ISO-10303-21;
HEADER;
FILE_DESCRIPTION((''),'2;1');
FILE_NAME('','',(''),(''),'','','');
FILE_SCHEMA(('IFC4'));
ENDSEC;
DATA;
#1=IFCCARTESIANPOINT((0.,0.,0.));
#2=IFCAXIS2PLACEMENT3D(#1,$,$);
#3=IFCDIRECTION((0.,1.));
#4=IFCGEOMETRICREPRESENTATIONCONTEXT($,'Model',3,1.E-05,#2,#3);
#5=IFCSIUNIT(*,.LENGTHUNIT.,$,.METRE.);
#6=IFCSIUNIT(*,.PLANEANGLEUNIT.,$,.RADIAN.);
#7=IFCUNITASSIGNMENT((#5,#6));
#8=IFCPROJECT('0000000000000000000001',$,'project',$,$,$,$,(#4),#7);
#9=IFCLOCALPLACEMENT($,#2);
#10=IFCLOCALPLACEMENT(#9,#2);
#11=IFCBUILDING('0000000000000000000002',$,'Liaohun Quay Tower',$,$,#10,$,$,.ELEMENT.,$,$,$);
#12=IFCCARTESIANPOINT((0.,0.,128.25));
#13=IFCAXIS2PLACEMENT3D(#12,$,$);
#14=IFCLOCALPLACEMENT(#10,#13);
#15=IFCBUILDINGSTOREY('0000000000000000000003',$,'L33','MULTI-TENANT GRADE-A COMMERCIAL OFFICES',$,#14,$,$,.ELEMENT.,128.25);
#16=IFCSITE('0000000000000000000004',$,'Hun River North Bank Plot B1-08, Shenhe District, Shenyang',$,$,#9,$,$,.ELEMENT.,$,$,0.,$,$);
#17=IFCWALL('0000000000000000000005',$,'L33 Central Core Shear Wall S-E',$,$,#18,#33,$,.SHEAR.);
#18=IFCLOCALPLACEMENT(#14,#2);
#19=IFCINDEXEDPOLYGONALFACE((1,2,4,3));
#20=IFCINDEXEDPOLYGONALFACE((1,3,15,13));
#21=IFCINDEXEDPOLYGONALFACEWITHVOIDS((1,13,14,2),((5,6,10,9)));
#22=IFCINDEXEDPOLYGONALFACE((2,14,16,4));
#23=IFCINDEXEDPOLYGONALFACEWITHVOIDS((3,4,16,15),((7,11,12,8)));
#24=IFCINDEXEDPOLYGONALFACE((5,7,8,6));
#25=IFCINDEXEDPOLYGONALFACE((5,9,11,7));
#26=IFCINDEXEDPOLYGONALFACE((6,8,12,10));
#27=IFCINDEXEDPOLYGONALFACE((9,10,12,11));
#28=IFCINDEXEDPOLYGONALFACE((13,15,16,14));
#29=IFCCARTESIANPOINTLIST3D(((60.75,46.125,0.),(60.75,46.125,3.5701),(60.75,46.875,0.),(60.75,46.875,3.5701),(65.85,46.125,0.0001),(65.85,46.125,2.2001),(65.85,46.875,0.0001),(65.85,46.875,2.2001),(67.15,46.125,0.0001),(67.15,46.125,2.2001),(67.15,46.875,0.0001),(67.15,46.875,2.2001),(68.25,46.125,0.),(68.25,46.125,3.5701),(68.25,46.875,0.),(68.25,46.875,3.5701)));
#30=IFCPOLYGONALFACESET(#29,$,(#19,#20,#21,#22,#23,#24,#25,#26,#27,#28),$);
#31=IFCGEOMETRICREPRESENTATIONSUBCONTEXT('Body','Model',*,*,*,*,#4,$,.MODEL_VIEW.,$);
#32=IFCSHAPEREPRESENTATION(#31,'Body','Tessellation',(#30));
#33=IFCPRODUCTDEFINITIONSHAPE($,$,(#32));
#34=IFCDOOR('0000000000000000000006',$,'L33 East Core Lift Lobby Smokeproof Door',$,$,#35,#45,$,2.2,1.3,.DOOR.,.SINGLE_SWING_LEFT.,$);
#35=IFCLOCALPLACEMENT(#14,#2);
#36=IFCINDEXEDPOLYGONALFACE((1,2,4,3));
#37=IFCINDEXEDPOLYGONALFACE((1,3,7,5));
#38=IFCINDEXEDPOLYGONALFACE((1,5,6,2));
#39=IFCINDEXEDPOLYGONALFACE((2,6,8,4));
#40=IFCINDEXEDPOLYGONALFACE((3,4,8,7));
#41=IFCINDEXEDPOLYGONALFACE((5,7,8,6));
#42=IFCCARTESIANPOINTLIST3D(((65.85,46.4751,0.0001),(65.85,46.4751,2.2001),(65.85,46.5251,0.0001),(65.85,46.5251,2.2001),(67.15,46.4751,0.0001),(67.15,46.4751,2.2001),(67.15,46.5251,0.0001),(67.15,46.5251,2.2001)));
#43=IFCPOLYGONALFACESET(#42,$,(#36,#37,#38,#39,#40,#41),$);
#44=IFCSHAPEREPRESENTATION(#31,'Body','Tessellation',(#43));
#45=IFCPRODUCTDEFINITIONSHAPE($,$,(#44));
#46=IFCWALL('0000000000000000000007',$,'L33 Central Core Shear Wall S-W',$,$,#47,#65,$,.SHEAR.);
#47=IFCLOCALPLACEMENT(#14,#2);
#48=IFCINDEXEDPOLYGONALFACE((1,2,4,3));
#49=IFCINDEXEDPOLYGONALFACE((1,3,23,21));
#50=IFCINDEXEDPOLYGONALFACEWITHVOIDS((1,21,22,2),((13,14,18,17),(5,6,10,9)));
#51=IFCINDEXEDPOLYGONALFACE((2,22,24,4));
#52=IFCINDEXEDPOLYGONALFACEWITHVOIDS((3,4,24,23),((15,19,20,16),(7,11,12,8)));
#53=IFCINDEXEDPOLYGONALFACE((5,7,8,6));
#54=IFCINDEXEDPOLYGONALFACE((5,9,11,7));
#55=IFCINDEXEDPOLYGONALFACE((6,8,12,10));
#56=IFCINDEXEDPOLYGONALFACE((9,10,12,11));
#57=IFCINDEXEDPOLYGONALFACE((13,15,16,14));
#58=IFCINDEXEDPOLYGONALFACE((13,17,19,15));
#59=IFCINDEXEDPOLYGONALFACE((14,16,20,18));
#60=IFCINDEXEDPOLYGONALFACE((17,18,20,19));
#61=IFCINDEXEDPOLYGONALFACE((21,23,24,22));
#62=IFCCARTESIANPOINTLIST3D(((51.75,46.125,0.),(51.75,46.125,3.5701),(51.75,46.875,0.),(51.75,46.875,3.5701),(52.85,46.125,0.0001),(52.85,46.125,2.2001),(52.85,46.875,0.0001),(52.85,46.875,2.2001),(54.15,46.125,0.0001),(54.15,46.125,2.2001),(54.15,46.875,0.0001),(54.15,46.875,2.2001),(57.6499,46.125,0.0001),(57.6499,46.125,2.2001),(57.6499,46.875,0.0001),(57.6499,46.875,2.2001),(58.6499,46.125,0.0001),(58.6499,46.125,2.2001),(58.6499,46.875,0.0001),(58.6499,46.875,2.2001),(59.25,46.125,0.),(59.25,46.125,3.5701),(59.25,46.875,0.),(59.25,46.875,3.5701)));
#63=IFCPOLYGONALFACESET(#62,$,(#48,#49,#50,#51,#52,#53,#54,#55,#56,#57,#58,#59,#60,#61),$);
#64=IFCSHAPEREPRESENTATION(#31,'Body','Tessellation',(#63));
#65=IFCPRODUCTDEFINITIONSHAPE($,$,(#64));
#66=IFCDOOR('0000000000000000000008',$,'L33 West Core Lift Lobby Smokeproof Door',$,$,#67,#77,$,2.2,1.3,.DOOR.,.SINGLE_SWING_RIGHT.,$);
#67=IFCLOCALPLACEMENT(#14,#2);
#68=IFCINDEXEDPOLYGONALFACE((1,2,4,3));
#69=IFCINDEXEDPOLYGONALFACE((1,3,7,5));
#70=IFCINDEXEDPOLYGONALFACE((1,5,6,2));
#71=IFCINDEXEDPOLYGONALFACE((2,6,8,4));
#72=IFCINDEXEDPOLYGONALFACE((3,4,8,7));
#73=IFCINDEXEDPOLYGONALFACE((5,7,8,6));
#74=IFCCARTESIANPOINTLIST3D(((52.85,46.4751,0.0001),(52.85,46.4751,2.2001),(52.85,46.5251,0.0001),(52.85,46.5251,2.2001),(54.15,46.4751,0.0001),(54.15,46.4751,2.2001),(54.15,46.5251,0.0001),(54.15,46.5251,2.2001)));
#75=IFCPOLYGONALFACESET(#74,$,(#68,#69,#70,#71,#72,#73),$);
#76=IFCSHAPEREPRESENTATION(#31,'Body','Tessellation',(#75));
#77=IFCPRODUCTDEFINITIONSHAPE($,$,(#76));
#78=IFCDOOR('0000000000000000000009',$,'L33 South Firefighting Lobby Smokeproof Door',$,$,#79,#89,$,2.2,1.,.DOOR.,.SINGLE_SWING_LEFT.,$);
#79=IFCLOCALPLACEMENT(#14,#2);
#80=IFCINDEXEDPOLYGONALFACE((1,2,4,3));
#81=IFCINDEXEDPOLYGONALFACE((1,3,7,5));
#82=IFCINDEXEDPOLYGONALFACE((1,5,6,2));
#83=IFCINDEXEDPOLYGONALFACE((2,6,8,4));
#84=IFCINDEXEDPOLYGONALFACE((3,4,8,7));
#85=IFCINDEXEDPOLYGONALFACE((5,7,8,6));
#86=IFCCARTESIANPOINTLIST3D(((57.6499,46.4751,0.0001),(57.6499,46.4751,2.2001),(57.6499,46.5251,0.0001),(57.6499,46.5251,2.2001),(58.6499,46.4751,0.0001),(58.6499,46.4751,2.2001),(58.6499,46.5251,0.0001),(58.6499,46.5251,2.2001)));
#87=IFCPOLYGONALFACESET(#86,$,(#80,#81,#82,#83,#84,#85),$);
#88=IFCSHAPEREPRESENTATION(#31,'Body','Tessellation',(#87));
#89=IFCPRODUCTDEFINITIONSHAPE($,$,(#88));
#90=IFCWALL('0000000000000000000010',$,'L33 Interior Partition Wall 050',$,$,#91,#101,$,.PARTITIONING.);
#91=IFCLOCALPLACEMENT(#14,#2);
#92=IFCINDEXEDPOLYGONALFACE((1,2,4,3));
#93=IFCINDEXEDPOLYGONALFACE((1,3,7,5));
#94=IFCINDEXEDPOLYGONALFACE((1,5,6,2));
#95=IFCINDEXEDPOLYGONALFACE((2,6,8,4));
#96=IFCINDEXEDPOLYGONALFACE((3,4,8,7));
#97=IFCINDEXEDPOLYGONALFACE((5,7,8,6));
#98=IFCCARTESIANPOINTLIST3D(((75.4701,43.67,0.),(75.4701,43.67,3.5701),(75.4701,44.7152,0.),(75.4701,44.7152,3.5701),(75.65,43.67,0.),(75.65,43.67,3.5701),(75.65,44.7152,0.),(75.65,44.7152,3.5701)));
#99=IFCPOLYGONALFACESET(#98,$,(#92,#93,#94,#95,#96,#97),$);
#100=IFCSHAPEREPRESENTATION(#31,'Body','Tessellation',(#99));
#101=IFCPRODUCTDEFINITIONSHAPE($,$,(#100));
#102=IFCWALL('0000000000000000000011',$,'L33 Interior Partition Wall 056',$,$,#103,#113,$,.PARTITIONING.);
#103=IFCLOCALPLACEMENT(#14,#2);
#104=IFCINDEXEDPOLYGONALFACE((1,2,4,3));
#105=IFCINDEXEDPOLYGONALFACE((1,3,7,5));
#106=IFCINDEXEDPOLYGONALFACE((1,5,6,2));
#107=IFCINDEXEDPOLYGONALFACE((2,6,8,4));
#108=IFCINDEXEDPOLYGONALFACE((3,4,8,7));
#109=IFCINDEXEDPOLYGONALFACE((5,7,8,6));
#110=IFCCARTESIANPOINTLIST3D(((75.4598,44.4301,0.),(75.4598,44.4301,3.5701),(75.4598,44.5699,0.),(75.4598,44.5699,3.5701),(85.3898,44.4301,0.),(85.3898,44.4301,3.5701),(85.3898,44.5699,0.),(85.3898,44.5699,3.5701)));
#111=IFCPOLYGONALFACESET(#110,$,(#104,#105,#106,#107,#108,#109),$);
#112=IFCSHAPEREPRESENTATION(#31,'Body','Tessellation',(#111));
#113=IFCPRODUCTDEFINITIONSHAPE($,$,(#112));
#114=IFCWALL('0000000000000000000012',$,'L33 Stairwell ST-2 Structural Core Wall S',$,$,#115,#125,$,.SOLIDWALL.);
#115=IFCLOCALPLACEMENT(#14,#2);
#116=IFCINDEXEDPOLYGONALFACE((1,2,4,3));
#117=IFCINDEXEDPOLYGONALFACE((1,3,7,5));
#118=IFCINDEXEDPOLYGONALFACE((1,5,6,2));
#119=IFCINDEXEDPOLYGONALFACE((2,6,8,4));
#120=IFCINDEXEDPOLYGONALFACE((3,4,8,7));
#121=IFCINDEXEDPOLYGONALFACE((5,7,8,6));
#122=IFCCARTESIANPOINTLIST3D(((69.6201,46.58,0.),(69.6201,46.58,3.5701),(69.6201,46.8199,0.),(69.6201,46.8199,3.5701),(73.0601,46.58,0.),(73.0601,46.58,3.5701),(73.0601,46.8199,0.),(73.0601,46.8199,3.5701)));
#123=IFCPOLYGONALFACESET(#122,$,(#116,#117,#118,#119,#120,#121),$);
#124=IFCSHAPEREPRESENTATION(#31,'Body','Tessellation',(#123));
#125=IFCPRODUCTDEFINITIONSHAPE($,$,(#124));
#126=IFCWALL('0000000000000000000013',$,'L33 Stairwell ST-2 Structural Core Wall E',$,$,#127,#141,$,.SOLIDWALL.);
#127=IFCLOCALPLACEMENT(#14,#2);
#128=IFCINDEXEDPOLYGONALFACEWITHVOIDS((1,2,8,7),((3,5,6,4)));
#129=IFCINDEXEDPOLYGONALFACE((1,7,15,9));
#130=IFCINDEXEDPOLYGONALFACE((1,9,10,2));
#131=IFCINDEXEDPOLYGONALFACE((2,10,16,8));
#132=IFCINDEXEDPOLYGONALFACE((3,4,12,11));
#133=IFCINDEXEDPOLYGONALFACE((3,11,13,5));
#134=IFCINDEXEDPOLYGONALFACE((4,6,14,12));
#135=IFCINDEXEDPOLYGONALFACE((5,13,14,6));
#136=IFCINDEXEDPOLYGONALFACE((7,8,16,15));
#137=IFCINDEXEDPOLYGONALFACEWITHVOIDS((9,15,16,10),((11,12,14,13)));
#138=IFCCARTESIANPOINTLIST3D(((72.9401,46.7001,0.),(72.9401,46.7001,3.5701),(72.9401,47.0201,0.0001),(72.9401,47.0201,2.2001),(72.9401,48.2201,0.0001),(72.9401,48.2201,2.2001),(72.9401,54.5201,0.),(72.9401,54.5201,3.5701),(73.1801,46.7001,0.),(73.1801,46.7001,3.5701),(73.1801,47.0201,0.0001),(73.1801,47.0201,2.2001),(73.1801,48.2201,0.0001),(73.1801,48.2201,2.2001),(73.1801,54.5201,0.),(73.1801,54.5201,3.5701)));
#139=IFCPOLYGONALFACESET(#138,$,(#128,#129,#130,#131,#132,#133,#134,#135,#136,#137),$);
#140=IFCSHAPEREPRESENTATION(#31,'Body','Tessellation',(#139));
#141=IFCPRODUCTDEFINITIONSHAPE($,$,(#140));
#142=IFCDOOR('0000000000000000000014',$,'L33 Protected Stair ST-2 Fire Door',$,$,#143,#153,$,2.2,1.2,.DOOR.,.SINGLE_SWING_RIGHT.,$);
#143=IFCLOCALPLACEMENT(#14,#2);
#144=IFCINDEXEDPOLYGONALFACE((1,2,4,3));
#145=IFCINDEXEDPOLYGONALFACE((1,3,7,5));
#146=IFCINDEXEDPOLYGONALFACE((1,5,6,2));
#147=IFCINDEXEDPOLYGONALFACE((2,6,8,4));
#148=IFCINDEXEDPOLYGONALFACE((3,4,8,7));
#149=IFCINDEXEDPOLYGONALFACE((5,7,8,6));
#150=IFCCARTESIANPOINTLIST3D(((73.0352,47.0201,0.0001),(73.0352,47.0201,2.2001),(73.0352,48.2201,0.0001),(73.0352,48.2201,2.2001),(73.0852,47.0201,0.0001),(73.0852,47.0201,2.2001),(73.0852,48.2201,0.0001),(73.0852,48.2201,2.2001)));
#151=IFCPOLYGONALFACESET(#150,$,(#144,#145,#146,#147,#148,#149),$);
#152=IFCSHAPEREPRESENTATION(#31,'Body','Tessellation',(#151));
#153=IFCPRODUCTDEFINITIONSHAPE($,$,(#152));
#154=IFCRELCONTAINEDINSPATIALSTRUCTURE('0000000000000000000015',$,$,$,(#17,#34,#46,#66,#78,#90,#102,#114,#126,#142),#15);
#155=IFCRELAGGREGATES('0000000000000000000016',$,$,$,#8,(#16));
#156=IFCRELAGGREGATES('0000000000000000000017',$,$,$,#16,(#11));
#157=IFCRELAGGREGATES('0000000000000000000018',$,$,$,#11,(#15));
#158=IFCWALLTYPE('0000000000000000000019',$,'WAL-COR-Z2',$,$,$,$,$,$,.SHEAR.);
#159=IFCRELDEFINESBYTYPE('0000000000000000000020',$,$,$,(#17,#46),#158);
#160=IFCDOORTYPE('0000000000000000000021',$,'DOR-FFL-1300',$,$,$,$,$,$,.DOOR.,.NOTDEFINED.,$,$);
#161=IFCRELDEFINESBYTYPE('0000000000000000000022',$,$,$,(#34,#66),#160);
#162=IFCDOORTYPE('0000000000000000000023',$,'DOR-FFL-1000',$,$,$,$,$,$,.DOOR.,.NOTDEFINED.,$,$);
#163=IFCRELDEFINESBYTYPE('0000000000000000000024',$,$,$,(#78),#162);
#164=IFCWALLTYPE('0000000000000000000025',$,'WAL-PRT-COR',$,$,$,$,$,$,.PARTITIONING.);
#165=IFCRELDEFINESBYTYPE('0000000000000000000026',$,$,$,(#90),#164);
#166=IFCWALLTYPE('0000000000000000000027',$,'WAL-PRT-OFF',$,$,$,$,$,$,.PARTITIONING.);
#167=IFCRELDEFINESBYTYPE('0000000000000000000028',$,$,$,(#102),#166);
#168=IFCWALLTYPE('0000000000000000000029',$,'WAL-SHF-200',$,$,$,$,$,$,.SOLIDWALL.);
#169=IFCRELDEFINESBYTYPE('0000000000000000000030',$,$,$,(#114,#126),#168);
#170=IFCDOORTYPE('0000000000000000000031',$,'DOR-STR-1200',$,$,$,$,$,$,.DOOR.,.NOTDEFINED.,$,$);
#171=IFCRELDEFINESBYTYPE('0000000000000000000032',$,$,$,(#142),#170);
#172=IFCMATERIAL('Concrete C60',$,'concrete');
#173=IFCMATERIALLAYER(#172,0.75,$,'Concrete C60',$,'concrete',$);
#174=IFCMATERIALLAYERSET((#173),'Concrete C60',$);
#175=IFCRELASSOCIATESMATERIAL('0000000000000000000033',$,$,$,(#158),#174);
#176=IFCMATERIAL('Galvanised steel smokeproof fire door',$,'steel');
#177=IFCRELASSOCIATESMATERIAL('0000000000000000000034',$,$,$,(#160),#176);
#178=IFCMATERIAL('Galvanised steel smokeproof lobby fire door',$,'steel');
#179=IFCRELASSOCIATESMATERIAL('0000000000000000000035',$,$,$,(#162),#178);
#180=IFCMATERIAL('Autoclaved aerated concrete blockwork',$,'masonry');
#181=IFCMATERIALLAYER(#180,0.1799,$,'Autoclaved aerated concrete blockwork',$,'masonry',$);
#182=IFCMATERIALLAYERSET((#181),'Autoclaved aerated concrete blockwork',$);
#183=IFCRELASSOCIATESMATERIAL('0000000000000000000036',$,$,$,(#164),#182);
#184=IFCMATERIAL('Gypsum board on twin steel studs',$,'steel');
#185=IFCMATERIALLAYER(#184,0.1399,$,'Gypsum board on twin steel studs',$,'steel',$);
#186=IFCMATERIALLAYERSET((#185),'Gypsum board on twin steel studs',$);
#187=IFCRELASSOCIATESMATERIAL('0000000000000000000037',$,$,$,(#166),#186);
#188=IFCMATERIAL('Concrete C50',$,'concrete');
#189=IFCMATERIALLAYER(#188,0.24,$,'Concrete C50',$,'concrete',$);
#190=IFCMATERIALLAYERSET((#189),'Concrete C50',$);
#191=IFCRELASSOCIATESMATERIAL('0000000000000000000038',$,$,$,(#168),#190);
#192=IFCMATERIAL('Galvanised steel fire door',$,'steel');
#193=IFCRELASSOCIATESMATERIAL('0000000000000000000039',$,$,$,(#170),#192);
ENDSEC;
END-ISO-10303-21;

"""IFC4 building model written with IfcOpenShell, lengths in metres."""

from ifc_helpers import new_model, si_unit, direction, frame, frame_2d, origin, place, context, subcontext, project, spatial, rectangle, extrude, source, transform, mapped, material, layer, layer_set, type_object, element, fill, save


model = new_model("IFC4")

# Units and contexts
model_context = context("Model", 3, precision=1e-05, world=origin(), true_north=direction((0.0, 1.0)))
body_context = subcontext(model_context, "Body", "Model", "MODEL_VIEW")
ifc_project = project(units=[si_unit("LENGTHUNIT", "METRE"), si_unit("PLANEANGLEUNIT", "RADIAN")], contexts=[model_context])

# Site, building, storey
site_placement = place(None, origin())
site = spatial("IfcSite", under=ifc_project, at=site_placement, Name="Hun River North Bank Plot B1-08, Shenhe District, Shenyang", CompositionType="ELEMENT", RefElevation=0.0)
building_placement = place(site_placement, origin())
building = spatial("IfcBuilding", under=site, at=building_placement, Name="Liaohun Quay Tower", CompositionType="ELEMENT")
storey_placement = place(building_placement, frame((0.0, 0.0, 128.25)))
storey = spatial("IfcBuildingStorey", under=building, at=storey_placement, Name="L33", Description="MULTI-TENANT GRADE-A COMMERCIAL OFFICES", CompositionType="ELEMENT", Elevation=128.25)

# Shared definitions
ifc_material_1 = material(Name="Concrete C60", Category="concrete")

# Wall, opening, door
ifc_layer_1 = layer(ifc_material_1, 0.75, Name="Concrete C60", Category="concrete")
ifc_layer_set_1 = layer_set([ifc_layer_1], Name="Concrete C60")
wall_type_1 = type_object("IfcWallType", Name="WAL-COR-Z2", PredefinedType="SHEAR", material=ifc_layer_set_1)
wall_1_placement = place(storey_placement, frame((68.25, 46.5, 0.0), z_axis=(0.0, 0.0, 1.0), x_axis=(-1.0, 0.0, 0.0)))
wall_1 = element("IfcWall", 1, at=wall_1_placement, inside=storey, type_object=wall_type_1, Name="L33 Central Core Shear Wall S-E", PredefinedType="SHEAR", context=body_context, shape_type="SweptSolid", body=[
    extrude(rectangle(XDim=7.5, YDim=0.75, at=frame_2d((3.75, 0.0))), origin(), (0.0, 0.0, 1.0), 3.5701),
])
shared_shape_1 = source(origin(), body_context, "Body", "SweptSolid", [
    extrude(rectangle(XDim=1.3, YDim=2.2, at=frame_2d((0.6499, 1.1001))), frame((0.0, 0.385, 0.0), z_axis=(0.0, -1.0, 0.0), x_axis=(1.0, 0.0, 0.0)), (0.0, 0.0, 1.0), 0.77),
])
opening_1_placement = place(wall_1_placement, frame((1.1001, 0.0, 0.0)))
opening_1 = element("IfcOpeningElement", 2, at=opening_1_placement, cuts=wall_1, PredefinedType="OPENING", context=body_context, shape_type="MappedRepresentation", body=[
    mapped(shared_shape_1, transform((0.0, 0.0, 0.0), x_axis=(1.0, 0.0, 0.0), y_axis=(0.0, 1.0, 0.0), z_axis=(0.0, 0.0, 1.0), scale=1.0)),
])
ifc_material_2 = material(Name="Galvanised steel smokeproof fire door", Category="steel")
door_type_1 = type_object("IfcDoorType", Name="DOR-FFL-1300", OperationType="NOTDEFINED", PredefinedType="DOOR", material=ifc_material_2)
shared_shape_2 = source(origin(), body_context, "Body", "SweptSolid", [
    extrude(rectangle(XDim=1.3, YDim=2.2, at=frame_2d((0.6499, 1.1001))), frame((0.0, 0.0249, 0.0), z_axis=(0.0, -1.0, 0.0), x_axis=(1.0, 0.0, 0.0)), (0.0, 0.0, 1.0), 0.05),
])
door_1_placement = place(opening_1_placement, origin())
door_1 = element("IfcDoor", 3, at=door_1_placement, inside=storey, type_object=door_type_1, Name="L33 East Core Lift Lobby Smokeproof Door", OperationType="SINGLE_SWING_LEFT", OverallHeight=2.2, OverallWidth=1.3, PredefinedType="DOOR", context=body_context, shape_type="MappedRepresentation", body=[
    mapped(shared_shape_2, transform((0.0, 0.0, 0.0), x_axis=(1.0, 0.0, 0.0), y_axis=(0.0, 1.0, 0.0), z_axis=(0.0, 0.0, 1.0), scale=1.0)),
])
fill(opening_1, door_1)

# Wall, openings, doors
wall_2_placement = place(storey_placement, frame((59.25, 46.5, 0.0), z_axis=(0.0, 0.0, 1.0), x_axis=(-1.0, 0.0, 0.0)))
wall_2 = element("IfcWall", 4, at=wall_2_placement, inside=storey, type_object=wall_type_1, Name="L33 Central Core Shear Wall S-W", PredefinedType="SHEAR", context=body_context, shape_type="SweptSolid", body=[
    extrude(rectangle(XDim=7.5, YDim=0.75, at=frame_2d((3.75, 0.0))), origin(), (0.0, 0.0, 1.0), 3.5701),
])
opening_2_placement = place(wall_2_placement, frame((5.1001, 0.0, 0.0)))
opening_2 = element("IfcOpeningElement", 5, at=opening_2_placement, cuts=wall_2, PredefinedType="OPENING", context=body_context, shape_type="MappedRepresentation", body=[
    mapped(shared_shape_1, transform((0.0, 0.0, 0.0), x_axis=(1.0, 0.0, 0.0), y_axis=(0.0, 1.0, 0.0), z_axis=(0.0, 0.0, 1.0), scale=1.0)),
])
shared_shape_3 = source(origin(), body_context, "Body", "SweptSolid", [
    extrude(rectangle(XDim=1.0, YDim=2.2, at=frame_2d((0.5, 1.1001))), frame((0.0, 0.385, 0.0), z_axis=(0.0, -1.0, 0.0), x_axis=(1.0, 0.0, 0.0)), (0.0, 0.0, 1.0), 0.77),
])
opening_3_placement = place(wall_2_placement, frame((0.6001, 0.0, 0.0)))
opening_3 = element("IfcOpeningElement", 6, at=opening_3_placement, cuts=wall_2, PredefinedType="OPENING", context=body_context, shape_type="MappedRepresentation", body=[
    mapped(shared_shape_3, transform((0.0, 0.0, 0.0), x_axis=(1.0, 0.0, 0.0), y_axis=(0.0, 1.0, 0.0), z_axis=(0.0, 0.0, 1.0), scale=1.0)),
])
door_2_placement = place(opening_2_placement, origin())
door_2 = element("IfcDoor", 7, at=door_2_placement, inside=storey, type_object=door_type_1, Name="L33 West Core Lift Lobby Smokeproof Door", OperationType="SINGLE_SWING_RIGHT", OverallHeight=2.2, OverallWidth=1.3, PredefinedType="DOOR", context=body_context, shape_type="MappedRepresentation", body=[
    mapped(shared_shape_2, transform((0.0, 0.0, 0.0), x_axis=(1.0, 0.0, 0.0), y_axis=(0.0, 1.0, 0.0), z_axis=(0.0, 0.0, 1.0), scale=1.0)),
])
fill(opening_2, door_2)
ifc_material_3 = material(Name="Galvanised steel smokeproof lobby fire door", Category="steel")
door_type_2 = type_object("IfcDoorType", Name="DOR-FFL-1000", OperationType="NOTDEFINED", PredefinedType="DOOR", material=ifc_material_3)
shared_shape_4 = source(origin(), body_context, "Body", "SweptSolid", [
    extrude(rectangle(XDim=1.0, YDim=2.2, at=frame_2d((0.5, 1.1001))), frame((0.0, 0.0249, 0.0), z_axis=(0.0, -1.0, 0.0), x_axis=(1.0, 0.0, 0.0)), (0.0, 0.0, 1.0), 0.05),
])
door_3_placement = place(opening_3_placement, origin())
door_3 = element("IfcDoor", 8, at=door_3_placement, inside=storey, type_object=door_type_2, Name="L33 South Firefighting Lobby Smokeproof Door", OperationType="SINGLE_SWING_LEFT", OverallHeight=2.2, OverallWidth=1.0, PredefinedType="DOOR", context=body_context, shape_type="MappedRepresentation", body=[
    mapped(shared_shape_4, transform((0.0, 0.0, 0.0), x_axis=(1.0, 0.0, 0.0), y_axis=(0.0, 1.0, 0.0), z_axis=(0.0, 0.0, 1.0), scale=1.0)),
])
fill(opening_3, door_3)

# Walls
ifc_material_4 = material(Name="Autoclaved aerated concrete blockwork", Category="masonry")
ifc_layer_2 = layer(ifc_material_4, 0.1799, Name="Autoclaved aerated concrete blockwork", Category="masonry")
ifc_layer_set_2 = layer_set([ifc_layer_2], Name="Autoclaved aerated concrete blockwork")
wall_type_2 = type_object("IfcWallType", Name="WAL-PRT-COR", PredefinedType="PARTITIONING", material=ifc_layer_set_2)
wall_3_placement = place(storey_placement, frame((75.5601, 44.7151, 0.0), z_axis=(0.0, 0.0, 1.0), x_axis=(0.0, -1.0, 0.0)))
element("IfcWall", 9, at=wall_3_placement, inside=storey, type_object=wall_type_2, Name="L33 Interior Partition Wall 050", PredefinedType="PARTITIONING", context=body_context, shape_type="SweptSolid", body=[
    extrude(rectangle(XDim=1.0452, YDim=0.1799, at=frame_2d((0.5225, 0.0))), origin(), (0.0, 0.0, 1.0), 3.5701),
])
ifc_material_5 = material(Name="Gypsum board on twin steel studs", Category="steel")
ifc_layer_3 = layer(ifc_material_5, 0.1399, Name="Gypsum board on twin steel studs", Category="steel")
ifc_layer_set_3 = layer_set([ifc_layer_3], Name="Gypsum board on twin steel studs")
wall_type_3 = type_object("IfcWallType", Name="WAL-PRT-OFF", PredefinedType="PARTITIONING", material=ifc_layer_set_3)
wall_4_placement = place(storey_placement, frame((75.46, 44.5, 0.0), z_axis=(0.0, 0.0, 1.0), x_axis=(1.0, 0.0, 0.0)))
element("IfcWall", 10, at=wall_4_placement, inside=storey, type_object=wall_type_3, Name="L33 Interior Partition Wall 056", PredefinedType="PARTITIONING", context=body_context, shape_type="SweptSolid", body=[
    extrude(rectangle(XDim=9.9299, YDim=0.1399, at=frame_2d((4.9648, 0.0))), origin(), (0.0, 0.0, 1.0), 3.5701),
])
ifc_material_6 = material(Name="Concrete C50", Category="concrete")
ifc_layer_4 = layer(ifc_material_6, 0.24, Name="Concrete C50", Category="concrete")
ifc_layer_set_4 = layer_set([ifc_layer_4], Name="Concrete C50")
wall_type_4 = type_object("IfcWallType", Name="WAL-SHF-200", PredefinedType="SOLIDWALL", material=ifc_layer_set_4)
wall_5_placement = place(storey_placement, frame((69.6201, 46.7, 0.0), z_axis=(0.0, 0.0, 1.0), x_axis=(1.0, 0.0, 0.0)))
element("IfcWall", 11, at=wall_5_placement, inside=storey, type_object=wall_type_4, Name="L33 Stairwell ST-2 Structural Core Wall S", PredefinedType="SOLIDWALL", context=body_context, shape_type="SweptSolid", body=[
    extrude(rectangle(XDim=3.4399, YDim=0.24, at=frame_2d((1.72, 0.0))), origin(), (0.0, 0.0, 1.0), 3.5701),
])

# Wall, opening, door
wall_6_placement = place(storey_placement, frame((73.0601, 46.7, 0.0), z_axis=(0.0, 0.0, 1.0), x_axis=(0.0, 1.0, 0.0)))
wall_6 = element("IfcWall", 12, at=wall_6_placement, inside=storey, type_object=wall_type_4, Name="L33 Stairwell ST-2 Structural Core Wall E", PredefinedType="SOLIDWALL", context=body_context, shape_type="SweptSolid", body=[
    extrude(rectangle(XDim=7.8201, YDim=0.24, at=frame_2d((3.9102, 0.0))), origin(), (0.0, 0.0, 1.0), 3.5701),
])
shared_shape_5 = source(origin(), body_context, "Body", "SweptSolid", [
    extrude(rectangle(XDim=1.2, YDim=2.2, at=frame_2d((0.6001, 1.1001))), frame((0.0, 0.1299, 0.0), z_axis=(0.0, -1.0, 0.0), x_axis=(1.0, 0.0, 0.0)), (0.0, 0.0, 1.0), 0.26),
])
opening_4_placement = place(wall_6_placement, frame((0.3201, 0.0, 0.0)))
opening_4 = element("IfcOpeningElement", 13, at=opening_4_placement, cuts=wall_6, PredefinedType="OPENING", context=body_context, shape_type="MappedRepresentation", body=[
    mapped(shared_shape_5, transform((0.0, 0.0, 0.0), x_axis=(1.0, 0.0, 0.0), y_axis=(0.0, 1.0, 0.0), z_axis=(0.0, 0.0, 1.0), scale=1.0)),
])
ifc_material_7 = material(Name="Galvanised steel fire door", Category="steel")
door_type_3 = type_object("IfcDoorType", Name="DOR-STR-1200", OperationType="NOTDEFINED", PredefinedType="DOOR", material=ifc_material_7)
shared_shape_6 = source(origin(), body_context, "Body", "SweptSolid", [
    extrude(rectangle(XDim=1.2, YDim=2.2, at=frame_2d((0.6001, 1.1001))), frame((0.0, 0.0249, 0.0), z_axis=(0.0, -1.0, 0.0), x_axis=(1.0, 0.0, 0.0)), (0.0, 0.0, 1.0), 0.05),
])
door_4_placement = place(opening_4_placement, origin())
door_4 = element("IfcDoor", 14, at=door_4_placement, inside=storey, type_object=door_type_3, Name="L33 Protected Stair ST-2 Fire Door", OperationType="SINGLE_SWING_RIGHT", OverallHeight=2.2, OverallWidth=1.2, PredefinedType="DOOR", context=body_context, shape_type="MappedRepresentation", body=[
    mapped(shared_shape_6, transform((0.0, 0.0, 0.0), x_axis=(1.0, 0.0, 0.0), y_axis=(0.0, 1.0, 0.0), z_axis=(0.0, 0.0, 1.0), scale=1.0)),
])
fill(opening_4, door_4)

save(model, "model.ifc")
